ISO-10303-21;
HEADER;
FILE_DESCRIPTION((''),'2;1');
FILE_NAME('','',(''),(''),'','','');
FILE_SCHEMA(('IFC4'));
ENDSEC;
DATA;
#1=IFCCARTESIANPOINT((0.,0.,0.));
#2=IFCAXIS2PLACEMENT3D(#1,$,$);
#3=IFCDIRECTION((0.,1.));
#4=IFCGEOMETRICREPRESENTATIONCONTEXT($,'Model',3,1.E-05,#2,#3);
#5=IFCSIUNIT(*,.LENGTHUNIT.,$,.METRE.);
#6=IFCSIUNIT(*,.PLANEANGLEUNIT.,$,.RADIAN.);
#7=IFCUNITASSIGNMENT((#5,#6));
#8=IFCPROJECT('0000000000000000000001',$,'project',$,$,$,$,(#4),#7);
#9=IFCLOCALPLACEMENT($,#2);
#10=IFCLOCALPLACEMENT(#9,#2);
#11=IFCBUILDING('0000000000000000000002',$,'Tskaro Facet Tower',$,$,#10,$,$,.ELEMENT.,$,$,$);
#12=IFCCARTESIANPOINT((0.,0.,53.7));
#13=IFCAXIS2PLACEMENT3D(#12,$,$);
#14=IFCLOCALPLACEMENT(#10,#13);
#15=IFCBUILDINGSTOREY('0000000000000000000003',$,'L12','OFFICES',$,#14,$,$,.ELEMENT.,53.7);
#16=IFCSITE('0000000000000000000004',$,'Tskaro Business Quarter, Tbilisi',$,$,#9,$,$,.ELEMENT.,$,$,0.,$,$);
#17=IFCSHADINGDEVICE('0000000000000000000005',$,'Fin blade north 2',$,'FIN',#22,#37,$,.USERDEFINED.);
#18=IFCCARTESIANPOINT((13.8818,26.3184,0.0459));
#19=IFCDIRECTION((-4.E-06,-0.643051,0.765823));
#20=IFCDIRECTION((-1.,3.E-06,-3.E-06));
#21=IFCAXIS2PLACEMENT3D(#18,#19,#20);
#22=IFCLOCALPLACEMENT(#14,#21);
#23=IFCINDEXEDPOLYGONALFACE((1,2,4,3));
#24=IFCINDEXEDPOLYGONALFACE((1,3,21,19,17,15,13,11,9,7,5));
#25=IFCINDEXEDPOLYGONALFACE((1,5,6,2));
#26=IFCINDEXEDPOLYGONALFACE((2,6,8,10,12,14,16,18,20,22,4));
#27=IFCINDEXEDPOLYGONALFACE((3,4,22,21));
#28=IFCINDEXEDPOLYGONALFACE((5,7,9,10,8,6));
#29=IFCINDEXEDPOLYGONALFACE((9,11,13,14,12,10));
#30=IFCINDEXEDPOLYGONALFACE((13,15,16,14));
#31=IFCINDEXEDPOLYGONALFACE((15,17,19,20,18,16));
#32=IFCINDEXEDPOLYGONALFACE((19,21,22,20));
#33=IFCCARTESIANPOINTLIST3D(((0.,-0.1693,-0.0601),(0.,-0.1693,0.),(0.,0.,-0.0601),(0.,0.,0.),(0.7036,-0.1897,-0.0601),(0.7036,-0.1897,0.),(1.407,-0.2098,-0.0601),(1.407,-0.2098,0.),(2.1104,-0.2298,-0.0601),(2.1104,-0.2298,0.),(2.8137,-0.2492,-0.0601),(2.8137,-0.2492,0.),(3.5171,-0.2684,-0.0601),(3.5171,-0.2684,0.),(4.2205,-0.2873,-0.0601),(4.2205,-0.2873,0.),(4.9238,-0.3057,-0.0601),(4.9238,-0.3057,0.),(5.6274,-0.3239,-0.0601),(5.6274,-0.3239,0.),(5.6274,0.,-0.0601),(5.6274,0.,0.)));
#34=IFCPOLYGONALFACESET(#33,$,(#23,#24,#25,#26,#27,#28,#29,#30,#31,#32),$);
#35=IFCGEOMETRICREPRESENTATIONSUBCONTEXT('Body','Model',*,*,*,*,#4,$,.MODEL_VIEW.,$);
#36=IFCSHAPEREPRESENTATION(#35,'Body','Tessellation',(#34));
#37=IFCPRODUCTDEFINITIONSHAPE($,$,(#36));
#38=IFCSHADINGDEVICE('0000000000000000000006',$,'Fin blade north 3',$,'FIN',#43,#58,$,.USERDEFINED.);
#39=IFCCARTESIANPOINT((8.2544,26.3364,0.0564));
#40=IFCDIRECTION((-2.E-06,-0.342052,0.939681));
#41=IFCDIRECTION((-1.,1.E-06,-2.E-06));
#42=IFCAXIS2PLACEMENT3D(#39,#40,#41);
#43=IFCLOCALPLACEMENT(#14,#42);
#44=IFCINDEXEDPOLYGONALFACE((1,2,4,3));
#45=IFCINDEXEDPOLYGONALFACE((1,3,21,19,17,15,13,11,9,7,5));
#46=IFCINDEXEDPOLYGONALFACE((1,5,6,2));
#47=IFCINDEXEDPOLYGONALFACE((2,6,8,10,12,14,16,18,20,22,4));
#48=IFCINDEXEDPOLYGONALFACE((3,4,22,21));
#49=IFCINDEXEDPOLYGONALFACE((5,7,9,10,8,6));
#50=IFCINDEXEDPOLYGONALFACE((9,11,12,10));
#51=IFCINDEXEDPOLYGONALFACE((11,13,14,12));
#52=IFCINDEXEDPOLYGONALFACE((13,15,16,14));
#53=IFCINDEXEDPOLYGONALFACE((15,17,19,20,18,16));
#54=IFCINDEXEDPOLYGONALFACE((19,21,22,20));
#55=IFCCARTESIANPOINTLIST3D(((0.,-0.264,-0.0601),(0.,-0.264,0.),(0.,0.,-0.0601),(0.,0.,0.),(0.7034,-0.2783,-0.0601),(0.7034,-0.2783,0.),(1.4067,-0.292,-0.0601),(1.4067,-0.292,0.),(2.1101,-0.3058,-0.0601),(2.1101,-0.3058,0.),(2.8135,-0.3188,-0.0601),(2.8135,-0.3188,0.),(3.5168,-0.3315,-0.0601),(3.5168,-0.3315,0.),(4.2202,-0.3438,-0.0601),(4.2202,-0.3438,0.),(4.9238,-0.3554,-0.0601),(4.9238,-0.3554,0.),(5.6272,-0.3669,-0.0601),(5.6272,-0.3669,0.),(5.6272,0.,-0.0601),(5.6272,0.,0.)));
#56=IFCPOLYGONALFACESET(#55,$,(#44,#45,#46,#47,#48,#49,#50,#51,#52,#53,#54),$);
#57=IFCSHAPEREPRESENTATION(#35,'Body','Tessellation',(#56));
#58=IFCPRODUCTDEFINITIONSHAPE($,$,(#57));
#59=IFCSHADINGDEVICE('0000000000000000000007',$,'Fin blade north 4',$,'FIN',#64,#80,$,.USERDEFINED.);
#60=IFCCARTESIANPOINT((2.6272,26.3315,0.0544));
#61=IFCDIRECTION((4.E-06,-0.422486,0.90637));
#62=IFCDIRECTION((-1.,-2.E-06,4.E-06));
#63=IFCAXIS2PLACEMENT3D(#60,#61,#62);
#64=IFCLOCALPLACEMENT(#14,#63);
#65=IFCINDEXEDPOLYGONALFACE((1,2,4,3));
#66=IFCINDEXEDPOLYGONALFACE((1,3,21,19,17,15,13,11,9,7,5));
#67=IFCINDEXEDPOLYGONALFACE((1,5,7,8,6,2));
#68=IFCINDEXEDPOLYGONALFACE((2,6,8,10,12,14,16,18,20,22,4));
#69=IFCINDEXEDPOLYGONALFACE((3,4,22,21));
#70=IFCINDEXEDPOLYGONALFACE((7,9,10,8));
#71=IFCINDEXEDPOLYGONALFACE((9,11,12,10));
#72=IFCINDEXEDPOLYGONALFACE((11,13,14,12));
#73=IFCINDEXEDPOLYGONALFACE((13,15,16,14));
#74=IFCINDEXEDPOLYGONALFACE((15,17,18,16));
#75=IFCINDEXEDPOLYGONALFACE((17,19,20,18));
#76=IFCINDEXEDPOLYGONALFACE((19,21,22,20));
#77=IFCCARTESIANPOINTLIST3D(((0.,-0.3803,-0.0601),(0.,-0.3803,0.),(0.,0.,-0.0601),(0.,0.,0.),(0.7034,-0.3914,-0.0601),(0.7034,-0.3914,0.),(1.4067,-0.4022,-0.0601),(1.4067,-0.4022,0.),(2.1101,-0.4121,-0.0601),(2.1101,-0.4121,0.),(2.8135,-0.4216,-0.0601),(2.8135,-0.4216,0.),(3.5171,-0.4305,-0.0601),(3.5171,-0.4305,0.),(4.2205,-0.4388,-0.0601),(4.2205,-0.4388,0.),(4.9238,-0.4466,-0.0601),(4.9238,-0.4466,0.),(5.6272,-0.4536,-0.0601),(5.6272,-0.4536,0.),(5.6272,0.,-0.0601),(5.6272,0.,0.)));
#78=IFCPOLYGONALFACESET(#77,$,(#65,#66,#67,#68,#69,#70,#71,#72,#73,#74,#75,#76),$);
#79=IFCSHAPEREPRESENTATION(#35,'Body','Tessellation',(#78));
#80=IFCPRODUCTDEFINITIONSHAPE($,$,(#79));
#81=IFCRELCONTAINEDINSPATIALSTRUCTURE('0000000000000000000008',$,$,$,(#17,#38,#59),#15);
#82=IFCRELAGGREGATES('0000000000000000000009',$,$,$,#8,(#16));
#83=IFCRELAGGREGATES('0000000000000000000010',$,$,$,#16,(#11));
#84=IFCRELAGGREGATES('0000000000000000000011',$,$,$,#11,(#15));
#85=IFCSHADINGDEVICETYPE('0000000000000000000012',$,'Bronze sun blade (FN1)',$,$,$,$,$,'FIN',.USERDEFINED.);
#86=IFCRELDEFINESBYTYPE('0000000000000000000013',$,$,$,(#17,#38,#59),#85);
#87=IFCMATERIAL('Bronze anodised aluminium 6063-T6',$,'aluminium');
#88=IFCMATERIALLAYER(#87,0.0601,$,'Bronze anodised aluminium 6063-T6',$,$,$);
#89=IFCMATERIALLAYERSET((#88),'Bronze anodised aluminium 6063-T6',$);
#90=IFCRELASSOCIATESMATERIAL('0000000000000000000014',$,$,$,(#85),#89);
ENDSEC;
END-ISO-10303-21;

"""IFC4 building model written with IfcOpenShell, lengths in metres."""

from ifc_helpers import new_model, si_unit, direction, frame, origin, place, context, subcontext, project, spatial, polyline, outline, extrude, material, layer, layer_set, type_object, element, save


model = new_model("IFC4")

# Units and contexts
model_context = context("Model", 3, precision=1e-05, world=origin(), true_north=direction((0.0, 1.0)))
body_context = subcontext(model_context, "Body", "Model", "MODEL_VIEW")
ifc_project = project(units=[si_unit("LENGTHUNIT", "METRE"), si_unit("PLANEANGLEUNIT", "RADIAN")], contexts=[model_context])

# Site, building, storey
site_placement = place(None, origin())
site = spatial("IfcSite", under=ifc_project, at=site_placement, Name="Tskaro Business Quarter, Tbilisi", CompositionType="ELEMENT", RefElevation=0.0)
building_placement = place(site_placement, origin())
building = spatial("IfcBuilding", under=site, at=building_placement, Name="Tskaro Facet Tower", CompositionType="ELEMENT")
storey_placement = place(building_placement, frame((0.0, 0.0, 53.7)))
storey = spatial("IfcBuildingStorey", under=building, at=storey_placement, Name="L12", Description="OFFICES", CompositionType="ELEMENT", Elevation=53.7)

# Shared definitions
ifc_material_1 = material(Name="Bronze anodised aluminium 6063-T6", Category="aluminium")

# Shading devices
ifc_layer_1 = layer(ifc_material_1, 0.0601, Name="Bronze anodised aluminium 6063-T6")
ifc_layer_set_1 = layer_set([ifc_layer_1], Name="Bronze anodised aluminium 6063-T6")
shading_device_type = type_object("IfcShadingDeviceType", Name="Bronze sun blade (FN1)", ElementType="FIN", PredefinedType="USERDEFINED", material=ifc_layer_set_1)
shading_device_1_placement = place(storey_placement, frame((13.8818, 26.3184, 0.0459), z_axis=(-0.000004, -0.643051, 0.765823), x_axis=(-1.0, 0.000003, -0.000003)))
element("IfcShadingDevice", 1, at=shading_device_1_placement, inside=storey, type_object=shading_device_type, Name="Fin blade north 2", ObjectType="FIN", PredefinedType="USERDEFINED", context=body_context, shape_type="SweptSolid", body=[
    extrude(outline(polyline([(0.0, 0.0), (5.6274, 0.0), (5.6274, -0.3239), (4.9238, -0.3057), (4.2205, -0.2873), (3.5171, -0.2684), (2.8137, -0.2492), (2.1104, -0.2298), (1.407, -0.2098), (0.7036, -0.1897), (0.0, -0.1693), (0.0, 0.0)])), origin(), (0.0, 0.0, -1.0), 0.0601),
])
shading_device_2_placement = place(storey_placement, frame((8.2544, 26.3364, 0.0564), z_axis=(-0.000002, -0.342052, 0.939681), x_axis=(-1.0, 0.000001, -0.000002)))
element("IfcShadingDevice", 2, at=shading_device_2_placement, inside=storey, type_object=shading_device_type, Name="Fin blade north 3", ObjectType="FIN", PredefinedType="USERDEFINED", context=body_context, shape_type="SweptSolid", body=[
    extrude(outline(polyline([(0.0, 0.0), (5.6272, 0.0), (5.6272, -0.3669), (4.9238, -0.3554), (4.2202, -0.3438), (3.5168, -0.3315), (2.8135, -0.3188), (2.1101, -0.3058), (1.4067, -0.292), (0.7034, -0.2783), (0.0, -0.264), (0.0, 0.0)])), origin(), (0.0, 0.0, -1.0), 0.0601),
])
shading_device_3_placement = place(storey_placement, frame((2.6272, 26.3315, 0.0544), z_axis=(0.000004, -0.422486, 0.90637), x_axis=(-1.0, -0.000002, 0.000004)))
element("IfcShadingDevice", 3, at=shading_device_3_placement, inside=storey, type_object=shading_device_type, Name="Fin blade north 4", ObjectType="FIN", PredefinedType="USERDEFINED", context=body_context, shape_type="SweptSolid", body=[
    extrude(outline(polyline([(0.0, 0.0), (5.6272, 0.0), (5.6272, -0.4536), (4.9238, -0.4466), (4.2205, -0.4388), (3.5171, -0.4305), (2.8135, -0.4216), (2.1101, -0.4121), (1.4067, -0.4022), (0.7034, -0.3914), (0.0, -0.3803), (0.0, 0.0)])), origin(), (0.0, 0.0, -1.0), 0.0601),
])

save(model, "model.ifc")
